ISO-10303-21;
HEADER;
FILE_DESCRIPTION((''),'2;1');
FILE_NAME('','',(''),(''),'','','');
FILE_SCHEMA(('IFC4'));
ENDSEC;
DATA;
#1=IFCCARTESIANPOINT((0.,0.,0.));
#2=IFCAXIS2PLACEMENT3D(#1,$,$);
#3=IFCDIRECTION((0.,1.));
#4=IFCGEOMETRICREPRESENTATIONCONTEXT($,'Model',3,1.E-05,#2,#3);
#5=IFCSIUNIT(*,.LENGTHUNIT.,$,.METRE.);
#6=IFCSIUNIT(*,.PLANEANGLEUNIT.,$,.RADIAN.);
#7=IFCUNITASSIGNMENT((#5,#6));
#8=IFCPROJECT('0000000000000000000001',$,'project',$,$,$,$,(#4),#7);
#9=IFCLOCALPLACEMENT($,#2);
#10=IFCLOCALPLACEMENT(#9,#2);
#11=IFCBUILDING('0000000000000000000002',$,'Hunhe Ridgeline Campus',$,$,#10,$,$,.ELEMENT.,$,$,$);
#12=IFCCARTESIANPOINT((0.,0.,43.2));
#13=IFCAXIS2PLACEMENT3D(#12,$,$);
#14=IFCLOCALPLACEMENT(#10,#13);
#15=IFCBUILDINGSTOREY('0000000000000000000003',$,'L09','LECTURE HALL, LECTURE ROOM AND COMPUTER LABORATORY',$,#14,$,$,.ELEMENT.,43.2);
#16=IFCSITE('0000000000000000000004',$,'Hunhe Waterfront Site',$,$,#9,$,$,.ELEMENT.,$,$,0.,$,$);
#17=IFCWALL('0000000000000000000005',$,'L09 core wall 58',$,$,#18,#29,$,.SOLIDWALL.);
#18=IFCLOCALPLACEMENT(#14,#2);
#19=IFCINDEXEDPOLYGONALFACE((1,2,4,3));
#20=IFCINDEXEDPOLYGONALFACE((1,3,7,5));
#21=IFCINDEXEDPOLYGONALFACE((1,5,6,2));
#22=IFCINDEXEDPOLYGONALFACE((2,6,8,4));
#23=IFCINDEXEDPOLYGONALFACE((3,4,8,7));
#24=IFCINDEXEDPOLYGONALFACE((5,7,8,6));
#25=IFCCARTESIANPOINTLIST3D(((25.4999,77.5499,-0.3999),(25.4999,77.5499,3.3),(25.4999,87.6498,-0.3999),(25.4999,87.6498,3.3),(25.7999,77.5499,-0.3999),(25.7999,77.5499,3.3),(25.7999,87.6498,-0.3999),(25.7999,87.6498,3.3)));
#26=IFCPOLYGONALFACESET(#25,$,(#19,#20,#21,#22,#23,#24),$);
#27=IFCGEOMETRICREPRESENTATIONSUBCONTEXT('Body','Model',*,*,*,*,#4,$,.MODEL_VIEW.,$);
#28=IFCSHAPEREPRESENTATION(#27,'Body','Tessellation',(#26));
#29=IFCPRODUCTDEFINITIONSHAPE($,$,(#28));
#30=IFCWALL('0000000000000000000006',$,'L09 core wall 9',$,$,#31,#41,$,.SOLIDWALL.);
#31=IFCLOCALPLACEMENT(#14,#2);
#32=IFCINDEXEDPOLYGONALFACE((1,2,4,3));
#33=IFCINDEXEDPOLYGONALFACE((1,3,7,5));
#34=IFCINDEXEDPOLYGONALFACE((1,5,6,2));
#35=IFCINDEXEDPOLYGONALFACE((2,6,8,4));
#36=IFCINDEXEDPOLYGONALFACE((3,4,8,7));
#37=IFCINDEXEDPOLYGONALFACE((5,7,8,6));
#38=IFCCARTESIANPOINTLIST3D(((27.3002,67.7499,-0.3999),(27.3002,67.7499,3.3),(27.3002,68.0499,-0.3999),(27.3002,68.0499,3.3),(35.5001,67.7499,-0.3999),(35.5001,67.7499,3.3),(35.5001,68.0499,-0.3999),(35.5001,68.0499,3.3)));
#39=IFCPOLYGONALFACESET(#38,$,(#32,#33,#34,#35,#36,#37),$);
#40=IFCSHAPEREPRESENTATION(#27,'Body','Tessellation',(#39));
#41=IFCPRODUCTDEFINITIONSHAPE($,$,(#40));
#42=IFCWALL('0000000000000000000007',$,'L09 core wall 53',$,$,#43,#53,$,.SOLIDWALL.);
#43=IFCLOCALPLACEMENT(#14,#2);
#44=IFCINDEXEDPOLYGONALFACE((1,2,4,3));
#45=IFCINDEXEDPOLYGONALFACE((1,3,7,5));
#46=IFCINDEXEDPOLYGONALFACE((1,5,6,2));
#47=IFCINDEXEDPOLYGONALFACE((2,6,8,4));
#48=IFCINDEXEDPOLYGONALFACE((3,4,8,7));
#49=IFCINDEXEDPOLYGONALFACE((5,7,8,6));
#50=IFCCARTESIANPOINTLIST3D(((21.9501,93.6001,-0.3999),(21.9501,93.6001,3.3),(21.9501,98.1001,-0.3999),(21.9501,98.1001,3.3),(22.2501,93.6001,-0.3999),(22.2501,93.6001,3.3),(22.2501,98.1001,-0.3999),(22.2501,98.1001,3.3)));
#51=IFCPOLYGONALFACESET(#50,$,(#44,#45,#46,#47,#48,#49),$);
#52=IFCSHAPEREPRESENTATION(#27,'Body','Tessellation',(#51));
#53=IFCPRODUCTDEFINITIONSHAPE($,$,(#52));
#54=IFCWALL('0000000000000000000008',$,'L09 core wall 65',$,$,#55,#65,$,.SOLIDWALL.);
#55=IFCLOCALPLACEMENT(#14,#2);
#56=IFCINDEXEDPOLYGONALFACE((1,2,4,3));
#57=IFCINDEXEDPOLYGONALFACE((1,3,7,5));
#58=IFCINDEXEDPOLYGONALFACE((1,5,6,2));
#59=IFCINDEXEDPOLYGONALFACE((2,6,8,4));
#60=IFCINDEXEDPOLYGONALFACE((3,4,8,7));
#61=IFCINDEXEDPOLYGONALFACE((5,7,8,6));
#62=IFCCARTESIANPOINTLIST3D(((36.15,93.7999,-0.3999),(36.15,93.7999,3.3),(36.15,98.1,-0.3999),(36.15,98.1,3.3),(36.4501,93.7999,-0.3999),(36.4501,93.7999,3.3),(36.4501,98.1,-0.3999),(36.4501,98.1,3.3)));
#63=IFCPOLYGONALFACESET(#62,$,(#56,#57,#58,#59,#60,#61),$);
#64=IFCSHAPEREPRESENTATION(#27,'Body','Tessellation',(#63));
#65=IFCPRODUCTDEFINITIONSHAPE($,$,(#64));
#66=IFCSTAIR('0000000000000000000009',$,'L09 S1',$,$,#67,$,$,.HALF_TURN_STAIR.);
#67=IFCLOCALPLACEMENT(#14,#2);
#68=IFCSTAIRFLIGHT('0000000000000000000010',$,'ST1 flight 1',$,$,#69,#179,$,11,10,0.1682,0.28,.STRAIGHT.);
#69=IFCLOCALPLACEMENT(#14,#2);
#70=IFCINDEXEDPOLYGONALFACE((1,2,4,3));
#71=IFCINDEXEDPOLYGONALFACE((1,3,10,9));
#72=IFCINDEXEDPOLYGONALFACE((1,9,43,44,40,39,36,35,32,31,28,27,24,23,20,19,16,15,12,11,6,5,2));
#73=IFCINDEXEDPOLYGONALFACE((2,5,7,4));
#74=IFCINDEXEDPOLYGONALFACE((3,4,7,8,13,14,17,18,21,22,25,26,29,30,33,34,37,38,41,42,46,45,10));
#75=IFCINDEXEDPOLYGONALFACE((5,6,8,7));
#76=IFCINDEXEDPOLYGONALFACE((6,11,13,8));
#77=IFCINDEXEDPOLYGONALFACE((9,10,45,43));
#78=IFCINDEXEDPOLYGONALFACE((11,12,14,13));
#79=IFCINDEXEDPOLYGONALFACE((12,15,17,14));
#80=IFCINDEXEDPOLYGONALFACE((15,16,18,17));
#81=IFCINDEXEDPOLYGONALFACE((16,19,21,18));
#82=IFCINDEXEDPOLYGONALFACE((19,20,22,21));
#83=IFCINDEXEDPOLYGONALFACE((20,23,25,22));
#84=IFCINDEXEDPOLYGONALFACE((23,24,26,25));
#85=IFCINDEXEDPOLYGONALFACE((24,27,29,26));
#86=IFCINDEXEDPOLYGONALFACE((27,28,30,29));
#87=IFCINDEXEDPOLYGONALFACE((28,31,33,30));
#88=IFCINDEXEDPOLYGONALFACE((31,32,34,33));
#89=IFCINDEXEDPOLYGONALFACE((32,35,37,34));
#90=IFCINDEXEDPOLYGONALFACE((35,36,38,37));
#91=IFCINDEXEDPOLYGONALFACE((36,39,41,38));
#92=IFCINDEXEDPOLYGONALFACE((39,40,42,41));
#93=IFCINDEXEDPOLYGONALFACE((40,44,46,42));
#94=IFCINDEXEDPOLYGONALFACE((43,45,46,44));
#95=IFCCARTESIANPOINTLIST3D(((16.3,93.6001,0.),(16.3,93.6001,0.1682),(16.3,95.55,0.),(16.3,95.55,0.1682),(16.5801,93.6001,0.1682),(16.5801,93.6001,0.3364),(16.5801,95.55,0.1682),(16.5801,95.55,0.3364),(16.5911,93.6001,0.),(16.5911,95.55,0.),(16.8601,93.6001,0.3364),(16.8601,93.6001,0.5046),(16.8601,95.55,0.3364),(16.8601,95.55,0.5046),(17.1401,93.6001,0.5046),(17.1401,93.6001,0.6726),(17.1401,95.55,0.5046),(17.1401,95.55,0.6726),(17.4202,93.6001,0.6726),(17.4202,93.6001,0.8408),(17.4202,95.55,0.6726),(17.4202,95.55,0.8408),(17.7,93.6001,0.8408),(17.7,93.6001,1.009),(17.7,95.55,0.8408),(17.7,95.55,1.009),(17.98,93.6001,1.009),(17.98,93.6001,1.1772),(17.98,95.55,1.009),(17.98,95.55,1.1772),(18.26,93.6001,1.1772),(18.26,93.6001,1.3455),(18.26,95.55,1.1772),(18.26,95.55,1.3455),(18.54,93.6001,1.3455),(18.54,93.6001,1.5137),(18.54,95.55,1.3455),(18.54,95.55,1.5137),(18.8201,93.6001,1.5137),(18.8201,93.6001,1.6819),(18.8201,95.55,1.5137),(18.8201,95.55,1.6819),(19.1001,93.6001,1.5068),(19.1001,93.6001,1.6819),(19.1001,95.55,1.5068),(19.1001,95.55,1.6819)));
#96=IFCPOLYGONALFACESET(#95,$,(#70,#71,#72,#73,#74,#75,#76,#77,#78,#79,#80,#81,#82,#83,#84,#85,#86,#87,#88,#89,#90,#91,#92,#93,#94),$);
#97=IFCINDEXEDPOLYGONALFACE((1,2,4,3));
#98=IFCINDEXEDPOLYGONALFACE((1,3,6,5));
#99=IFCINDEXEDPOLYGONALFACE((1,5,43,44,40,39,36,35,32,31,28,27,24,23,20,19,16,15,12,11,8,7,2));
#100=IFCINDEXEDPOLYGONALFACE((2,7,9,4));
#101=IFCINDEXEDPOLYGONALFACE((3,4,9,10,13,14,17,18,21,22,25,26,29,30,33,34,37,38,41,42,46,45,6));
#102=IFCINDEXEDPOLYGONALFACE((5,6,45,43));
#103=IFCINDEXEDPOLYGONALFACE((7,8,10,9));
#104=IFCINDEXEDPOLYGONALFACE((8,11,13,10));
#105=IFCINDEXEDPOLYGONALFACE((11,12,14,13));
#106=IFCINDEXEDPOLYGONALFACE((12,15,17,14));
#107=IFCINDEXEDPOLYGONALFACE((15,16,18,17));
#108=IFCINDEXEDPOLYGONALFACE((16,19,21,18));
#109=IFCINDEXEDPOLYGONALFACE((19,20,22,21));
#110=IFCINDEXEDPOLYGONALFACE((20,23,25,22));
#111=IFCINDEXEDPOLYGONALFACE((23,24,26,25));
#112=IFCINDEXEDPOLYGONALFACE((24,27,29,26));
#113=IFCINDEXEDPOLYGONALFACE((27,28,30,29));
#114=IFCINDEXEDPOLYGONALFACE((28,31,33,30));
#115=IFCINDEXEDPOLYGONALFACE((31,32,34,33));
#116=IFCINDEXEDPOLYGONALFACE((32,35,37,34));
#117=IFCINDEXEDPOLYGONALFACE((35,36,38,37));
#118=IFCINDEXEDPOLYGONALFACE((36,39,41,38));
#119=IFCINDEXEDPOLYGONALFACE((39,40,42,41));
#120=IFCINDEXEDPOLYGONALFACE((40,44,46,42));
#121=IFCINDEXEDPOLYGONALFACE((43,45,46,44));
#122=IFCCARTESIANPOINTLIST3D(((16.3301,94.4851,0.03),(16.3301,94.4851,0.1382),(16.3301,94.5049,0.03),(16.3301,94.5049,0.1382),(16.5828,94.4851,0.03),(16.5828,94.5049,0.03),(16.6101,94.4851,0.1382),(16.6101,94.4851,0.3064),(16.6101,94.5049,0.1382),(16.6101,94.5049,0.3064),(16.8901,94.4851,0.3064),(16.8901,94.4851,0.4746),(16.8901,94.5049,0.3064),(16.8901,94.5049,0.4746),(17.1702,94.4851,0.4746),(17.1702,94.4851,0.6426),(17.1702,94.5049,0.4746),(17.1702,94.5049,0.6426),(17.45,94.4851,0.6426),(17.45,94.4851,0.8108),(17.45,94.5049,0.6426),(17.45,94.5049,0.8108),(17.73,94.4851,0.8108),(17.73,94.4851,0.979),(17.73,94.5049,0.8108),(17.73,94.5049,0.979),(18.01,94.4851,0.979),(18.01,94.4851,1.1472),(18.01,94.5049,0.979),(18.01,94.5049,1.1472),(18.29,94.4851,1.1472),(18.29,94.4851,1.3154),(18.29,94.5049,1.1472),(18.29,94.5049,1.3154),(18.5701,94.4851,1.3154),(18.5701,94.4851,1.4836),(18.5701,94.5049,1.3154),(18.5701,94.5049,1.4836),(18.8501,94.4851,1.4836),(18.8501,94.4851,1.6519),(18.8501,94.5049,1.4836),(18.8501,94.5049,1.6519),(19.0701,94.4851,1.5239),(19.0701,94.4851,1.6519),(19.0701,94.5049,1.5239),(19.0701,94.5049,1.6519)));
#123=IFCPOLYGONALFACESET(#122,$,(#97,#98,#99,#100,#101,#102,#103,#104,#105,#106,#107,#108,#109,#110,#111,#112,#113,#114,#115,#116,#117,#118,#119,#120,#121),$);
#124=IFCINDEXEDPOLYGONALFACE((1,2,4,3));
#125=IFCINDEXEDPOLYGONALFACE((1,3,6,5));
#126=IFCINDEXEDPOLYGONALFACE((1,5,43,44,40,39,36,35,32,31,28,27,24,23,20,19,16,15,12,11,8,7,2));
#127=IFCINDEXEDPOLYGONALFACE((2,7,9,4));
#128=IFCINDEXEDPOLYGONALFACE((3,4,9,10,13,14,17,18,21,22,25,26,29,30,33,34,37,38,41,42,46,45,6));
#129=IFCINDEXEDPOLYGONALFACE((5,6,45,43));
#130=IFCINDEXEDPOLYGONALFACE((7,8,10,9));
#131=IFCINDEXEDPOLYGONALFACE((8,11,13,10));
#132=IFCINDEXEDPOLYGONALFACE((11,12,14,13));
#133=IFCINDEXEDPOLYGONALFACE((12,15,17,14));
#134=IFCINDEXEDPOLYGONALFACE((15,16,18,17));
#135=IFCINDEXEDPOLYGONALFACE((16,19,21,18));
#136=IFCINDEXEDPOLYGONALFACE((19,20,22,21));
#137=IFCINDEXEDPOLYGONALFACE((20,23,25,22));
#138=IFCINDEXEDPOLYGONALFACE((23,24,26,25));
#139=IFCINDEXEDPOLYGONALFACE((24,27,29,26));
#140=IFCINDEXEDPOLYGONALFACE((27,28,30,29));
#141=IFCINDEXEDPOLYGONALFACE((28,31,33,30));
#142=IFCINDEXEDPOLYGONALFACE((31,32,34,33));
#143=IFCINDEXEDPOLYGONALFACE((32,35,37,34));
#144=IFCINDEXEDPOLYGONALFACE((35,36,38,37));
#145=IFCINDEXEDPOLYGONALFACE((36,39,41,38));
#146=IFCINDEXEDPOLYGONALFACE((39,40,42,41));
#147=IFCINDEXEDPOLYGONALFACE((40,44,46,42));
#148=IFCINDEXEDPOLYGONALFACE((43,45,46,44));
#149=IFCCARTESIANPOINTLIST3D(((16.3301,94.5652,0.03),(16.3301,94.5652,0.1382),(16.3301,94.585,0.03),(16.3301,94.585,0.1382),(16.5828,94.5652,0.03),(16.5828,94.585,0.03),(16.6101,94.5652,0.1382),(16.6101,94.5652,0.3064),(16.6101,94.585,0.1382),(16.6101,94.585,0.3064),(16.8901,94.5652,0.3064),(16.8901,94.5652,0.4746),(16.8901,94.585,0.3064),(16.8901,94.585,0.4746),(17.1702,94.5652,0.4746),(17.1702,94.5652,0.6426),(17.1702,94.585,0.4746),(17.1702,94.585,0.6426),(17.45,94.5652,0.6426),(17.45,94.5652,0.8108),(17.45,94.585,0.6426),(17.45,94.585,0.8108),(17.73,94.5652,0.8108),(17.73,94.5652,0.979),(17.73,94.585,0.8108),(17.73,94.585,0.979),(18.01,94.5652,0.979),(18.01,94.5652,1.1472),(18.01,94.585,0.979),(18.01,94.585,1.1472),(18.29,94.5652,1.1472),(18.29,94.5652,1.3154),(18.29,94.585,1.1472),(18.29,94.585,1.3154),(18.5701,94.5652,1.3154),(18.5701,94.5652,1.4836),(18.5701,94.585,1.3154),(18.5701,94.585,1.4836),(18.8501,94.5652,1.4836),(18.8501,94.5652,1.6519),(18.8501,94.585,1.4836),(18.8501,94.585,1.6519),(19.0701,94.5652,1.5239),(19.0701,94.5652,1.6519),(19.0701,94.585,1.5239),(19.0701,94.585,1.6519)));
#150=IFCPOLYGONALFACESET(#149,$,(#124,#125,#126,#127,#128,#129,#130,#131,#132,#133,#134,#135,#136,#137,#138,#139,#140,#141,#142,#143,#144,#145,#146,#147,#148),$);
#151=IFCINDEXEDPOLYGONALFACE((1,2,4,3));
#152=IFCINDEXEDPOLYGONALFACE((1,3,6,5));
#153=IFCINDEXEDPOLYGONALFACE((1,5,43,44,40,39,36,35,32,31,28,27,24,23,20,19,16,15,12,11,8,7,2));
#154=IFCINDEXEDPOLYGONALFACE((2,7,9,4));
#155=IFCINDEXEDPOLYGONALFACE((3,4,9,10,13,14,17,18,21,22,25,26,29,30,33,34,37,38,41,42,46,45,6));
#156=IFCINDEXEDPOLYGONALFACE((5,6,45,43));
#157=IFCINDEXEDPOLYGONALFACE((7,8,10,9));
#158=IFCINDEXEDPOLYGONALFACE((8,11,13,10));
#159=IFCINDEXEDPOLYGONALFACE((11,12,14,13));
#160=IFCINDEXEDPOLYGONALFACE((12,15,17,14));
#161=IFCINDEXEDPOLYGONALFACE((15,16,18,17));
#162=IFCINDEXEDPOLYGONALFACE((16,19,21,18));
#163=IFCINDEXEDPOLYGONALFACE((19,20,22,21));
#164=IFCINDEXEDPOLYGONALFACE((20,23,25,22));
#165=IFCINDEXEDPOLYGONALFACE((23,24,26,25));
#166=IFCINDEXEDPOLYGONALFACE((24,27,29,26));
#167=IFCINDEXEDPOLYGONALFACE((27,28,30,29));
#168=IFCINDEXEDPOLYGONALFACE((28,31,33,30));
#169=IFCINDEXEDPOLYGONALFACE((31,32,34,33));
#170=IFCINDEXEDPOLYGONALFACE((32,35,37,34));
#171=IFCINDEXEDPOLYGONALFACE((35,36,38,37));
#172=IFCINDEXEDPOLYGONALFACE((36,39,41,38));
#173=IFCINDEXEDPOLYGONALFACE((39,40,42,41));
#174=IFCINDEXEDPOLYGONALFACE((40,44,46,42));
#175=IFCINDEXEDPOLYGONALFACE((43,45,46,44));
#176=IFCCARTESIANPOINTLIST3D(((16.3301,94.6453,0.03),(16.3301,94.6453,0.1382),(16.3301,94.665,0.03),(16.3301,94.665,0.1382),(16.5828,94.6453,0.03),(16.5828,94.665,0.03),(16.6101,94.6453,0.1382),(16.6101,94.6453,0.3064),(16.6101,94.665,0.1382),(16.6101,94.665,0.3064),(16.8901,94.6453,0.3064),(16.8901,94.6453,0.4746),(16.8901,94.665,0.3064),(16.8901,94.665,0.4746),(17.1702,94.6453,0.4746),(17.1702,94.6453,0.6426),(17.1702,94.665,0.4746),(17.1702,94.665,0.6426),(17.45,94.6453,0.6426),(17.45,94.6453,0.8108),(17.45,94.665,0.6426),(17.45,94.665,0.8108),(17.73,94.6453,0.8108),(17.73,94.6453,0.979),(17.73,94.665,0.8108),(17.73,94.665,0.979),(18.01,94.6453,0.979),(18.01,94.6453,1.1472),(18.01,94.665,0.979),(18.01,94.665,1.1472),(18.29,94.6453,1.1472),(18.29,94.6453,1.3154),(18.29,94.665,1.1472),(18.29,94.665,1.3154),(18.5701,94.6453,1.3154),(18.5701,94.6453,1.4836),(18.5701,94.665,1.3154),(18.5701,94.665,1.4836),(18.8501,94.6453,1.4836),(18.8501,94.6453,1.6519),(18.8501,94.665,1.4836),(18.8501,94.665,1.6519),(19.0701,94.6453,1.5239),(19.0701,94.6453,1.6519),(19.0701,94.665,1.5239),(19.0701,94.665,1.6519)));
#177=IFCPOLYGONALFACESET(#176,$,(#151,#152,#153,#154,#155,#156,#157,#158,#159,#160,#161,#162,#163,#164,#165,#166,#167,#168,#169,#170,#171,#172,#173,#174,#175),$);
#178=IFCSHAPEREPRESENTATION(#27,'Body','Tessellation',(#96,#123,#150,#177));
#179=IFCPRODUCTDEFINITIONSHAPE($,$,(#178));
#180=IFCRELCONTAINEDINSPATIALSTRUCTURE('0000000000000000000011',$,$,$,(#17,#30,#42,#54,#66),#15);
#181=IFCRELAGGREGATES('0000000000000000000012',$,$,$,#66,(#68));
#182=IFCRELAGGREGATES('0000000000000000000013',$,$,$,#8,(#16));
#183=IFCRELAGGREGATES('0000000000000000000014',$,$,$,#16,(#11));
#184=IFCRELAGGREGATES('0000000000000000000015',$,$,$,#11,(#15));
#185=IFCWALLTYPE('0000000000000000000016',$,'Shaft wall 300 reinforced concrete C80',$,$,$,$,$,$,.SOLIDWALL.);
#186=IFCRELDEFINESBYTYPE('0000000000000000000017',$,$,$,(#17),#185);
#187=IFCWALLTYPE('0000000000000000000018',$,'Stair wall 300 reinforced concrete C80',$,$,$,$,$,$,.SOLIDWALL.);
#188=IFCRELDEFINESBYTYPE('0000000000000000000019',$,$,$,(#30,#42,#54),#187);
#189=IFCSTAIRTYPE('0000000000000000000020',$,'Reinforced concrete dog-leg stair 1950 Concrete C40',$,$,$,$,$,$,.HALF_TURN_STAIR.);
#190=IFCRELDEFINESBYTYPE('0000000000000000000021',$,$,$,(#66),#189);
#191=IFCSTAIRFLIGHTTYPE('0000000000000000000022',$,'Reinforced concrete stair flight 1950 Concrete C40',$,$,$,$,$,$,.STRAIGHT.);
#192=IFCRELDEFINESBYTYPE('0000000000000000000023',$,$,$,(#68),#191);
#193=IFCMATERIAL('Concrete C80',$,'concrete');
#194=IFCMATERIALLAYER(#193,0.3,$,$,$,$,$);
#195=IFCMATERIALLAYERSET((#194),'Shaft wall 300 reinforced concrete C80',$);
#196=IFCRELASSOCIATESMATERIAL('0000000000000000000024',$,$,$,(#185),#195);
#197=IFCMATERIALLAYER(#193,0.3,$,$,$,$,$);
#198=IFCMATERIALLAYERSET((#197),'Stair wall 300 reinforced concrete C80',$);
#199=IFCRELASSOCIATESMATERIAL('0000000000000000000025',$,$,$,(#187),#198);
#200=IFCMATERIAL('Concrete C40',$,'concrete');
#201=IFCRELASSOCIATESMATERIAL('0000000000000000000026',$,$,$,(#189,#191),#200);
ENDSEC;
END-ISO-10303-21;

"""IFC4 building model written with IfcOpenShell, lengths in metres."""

from ifc_helpers import new_model, si_unit, direction, frame, frame_2d, origin, place, context, subcontext, project, spatial, polyline, rectangle, outline, extrude, material, layer, layer_set, type_object, element, aggregate, save


model = new_model("IFC4")

# Units and contexts
model_context = context("Model", 3, precision=1e-05, world=origin(), true_north=direction((0.0, 1.0)))
body_context = subcontext(model_context, "Body", "Model", "MODEL_VIEW")
ifc_project = project(units=[si_unit("LENGTHUNIT", "METRE"), si_unit("PLANEANGLEUNIT", "RADIAN")], contexts=[model_context])

# Site, building, storey
site_placement = place(None, origin())
site = spatial("IfcSite", under=ifc_project, at=site_placement, Name="Hunhe Waterfront Site", CompositionType="ELEMENT", RefElevation=0.0)
building_placement = place(site_placement, origin())
building = spatial("IfcBuilding", under=site, at=building_placement, Name="Hunhe Ridgeline Campus", CompositionType="ELEMENT")
storey_placement = place(building_placement, frame((0.0, 0.0, 43.2)))
storey = spatial("IfcBuildingStorey", under=building, at=storey_placement, Name="L09", Description="LECTURE HALL, LECTURE ROOM AND COMPUTER LABORATORY", CompositionType="ELEMENT", Elevation=43.2)

# Walls
ifc_material_1 = material(Name="Concrete C80", Category="concrete")
ifc_layer_1 = layer(ifc_material_1, 0.3)
ifc_layer_set_1 = layer_set([ifc_layer_1], Name="Shaft wall 300 reinforced concrete C80")
wall_type_1 = type_object("IfcWallType", Name="Shaft wall 300 reinforced concrete C80", PredefinedType="SOLIDWALL", material=ifc_layer_set_1)
for number, where, z_axis, x_axis, name in (
    (1, (25.6499, 77.55, -0.3999), (0.0, 0.0, 1.0), (0.0, 1.0, 0.0), "L09 core wall 58"),
):
    element("IfcWall", number, at=place(storey_placement, frame(where, z_axis=z_axis, x_axis=x_axis)), inside=storey, type_object=wall_type_1, Name=name, PredefinedType="SOLIDWALL", context=body_context, shape_type="SweptSolid", body=[
        extrude(rectangle(XDim=10.0999, YDim=0.3, at=frame_2d((5.0498, 0.0))), origin(), (0.0, 0.0, 1.0), 3.7),
    ])
ifc_layer_2 = layer(ifc_material_1, 0.3)
ifc_layer_set_2 = layer_set([ifc_layer_2], Name="Stair wall 300 reinforced concrete C80")
wall_type_2 = type_object("IfcWallType", Name="Stair wall 300 reinforced concrete C80", PredefinedType="SOLIDWALL", material=ifc_layer_set_2)
wall_1_placement = place(storey_placement, frame((27.3, 67.8999, -0.3999), z_axis=(0.0, 0.0, 1.0), x_axis=(1.0, 0.0, 0.0)))
element("IfcWall", 2, at=wall_1_placement, inside=storey, type_object=wall_type_2, Name="L09 core wall 9", PredefinedType="SOLIDWALL", context=body_context, shape_type="SweptSolid", body=[
    extrude(rectangle(XDim=8.2, YDim=0.3, at=frame_2d((4.1001, 0.0))), origin(), (0.0, 0.0, 1.0), 3.7),
])

# Walls
wall_2_placement = place(storey_placement, frame((22.1001, 93.6001, -0.3999), z_axis=(0.0, 0.0, 1.0), x_axis=(0.0, 1.0, 0.0)))
element("IfcWall", 3, at=wall_2_placement, inside=storey, type_object=wall_type_2, Name="L09 core wall 53", PredefinedType="SOLIDWALL", context=body_context, shape_type="SweptSolid", body=[
    extrude(rectangle(XDim=4.5, YDim=0.3, at=frame_2d((2.25, 0.0))), origin(), (0.0, 0.0, 1.0), 3.7),
])
wall_3_placement = place(storey_placement, frame((36.3, 93.8, -0.3999), z_axis=(0.0, 0.0, 1.0), x_axis=(0.0, 1.0, 0.0)))
element("IfcWall", 4, at=wall_3_placement, inside=storey, type_object=wall_type_2, Name="L09 core wall 65", PredefinedType="SOLIDWALL", context=body_context, shape_type="SweptSolid", body=[
    extrude(rectangle(XDim=4.3, YDim=0.3, at=frame_2d((2.1499, 0.0))), origin(), (0.0, 0.0, 1.0), 3.7),
])

# Stair, stair flight
ifc_material_2 = material(Name="Concrete C40", Category="concrete")
stair_type = type_object("IfcStairType", Name="Reinforced concrete dog-leg stair 1950 Concrete C40", PredefinedType="HALF_TURN_STAIR", material=ifc_material_2)
stair_1_placement = place(storey_placement, origin())
stair_1 = element("IfcStair", 5, at=stair_1_placement, inside=storey, type_object=stair_type, Name="L09 S1", PredefinedType="HALF_TURN_STAIR")
stair_flight_type = type_object("IfcStairFlightType", Name="Reinforced concrete stair flight 1950 Concrete C40", PredefinedType="STRAIGHT", material=ifc_material_2)
stair_flight_1_placement = place(storey_placement, frame((16.3, 94.575, 0.0), z_axis=(0.0, 0.0, 1.0), x_axis=(1.0, 0.0, 0.0)))
stair_flight_1 = element("IfcStairFlight", 6, at=stair_flight_1_placement, type_object=stair_flight_type, Name="ST1 flight 1", NumberOfRisers=11, NumberOfTreads=10, PredefinedType="STRAIGHT", RiserHeight=0.1682, TreadLength=0.28, context=body_context, shape_type="SweptSolid", body=[
    extrude(outline(polyline([(0.0, 0.0), (0.0, 0.1682), (0.28, 0.1682), (0.28, 0.3364), (0.5601, 0.3364), (0.5601, 0.5046), (0.8401, 0.5046), (0.8401, 0.6726), (1.1201, 0.6726), (1.1201, 0.8408), (1.3999, 0.8408), (1.3999, 1.009), (1.6799, 1.009), (1.6799, 1.1772), (1.96, 1.1772), (1.96, 1.3455), (2.24, 1.3455), (2.24, 1.5137), (2.52, 1.5137), (2.52, 1.6819), (2.8, 1.6819), (2.8, 1.8501), (2.8, 1.5068), (0.291, 0.0), (0.0, 0.0)])), frame((0.0, 0.9751, 0.0), z_axis=(0.0, -1.0, 0.0), x_axis=(1.0, 0.0, 0.0)), (0.0, 0.0, 1.0), 1.95),
    extrude(outline(polyline([(0.03, 0.03), (0.03, 0.1382), (0.3101, 0.1382), (0.3101, 0.3064), (0.5901, 0.3064), (0.5901, 0.4746), (0.8701, 0.4746), (0.8701, 0.6426), (1.1499, 0.6426), (1.1499, 0.8108), (1.4299, 0.8108), (1.4299, 0.979), (1.71, 0.979), (1.71, 1.1472), (1.99, 1.1472), (1.99, 1.3154), (2.27, 1.3154), (2.27, 1.4836), (2.55, 1.4836), (2.55, 1.6519), (2.77, 1.6519), (2.77, 1.5239), (0.2827, 0.03), (0.03, 0.03)])), frame((0.0, -0.0701, 0.0), z_axis=(0.0, -1.0, 0.0), x_axis=(1.0, 0.0, 0.0)), (0.0, 0.0, 1.0), 0.0198),
    extrude(outline(polyline([(0.03, 0.03), (0.03, 0.1382), (0.3101, 0.1382), (0.3101, 0.3064), (0.5901, 0.3064), (0.5901, 0.4746), (0.8701, 0.4746), (0.8701, 0.6426), (1.1499, 0.6426), (1.1499, 0.8108), (1.4299, 0.8108), (1.4299, 0.979), (1.71, 0.979), (1.71, 1.1472), (1.99, 1.1472), (1.99, 1.3154), (2.27, 1.3154), (2.27, 1.4836), (2.55, 1.4836), (2.55, 1.6519), (2.77, 1.6519), (2.77, 1.5239), (0.2827, 0.03), (0.03, 0.03)])), frame((0.0, 0.01, 0.0), z_axis=(0.0, -1.0, 0.0), x_axis=(1.0, 0.0, 0.0)), (0.0, 0.0, 1.0), 0.0198),
    extrude(outline(polyline([(0.03, 0.03), (0.03, 0.1382), (0.3101, 0.1382), (0.3101, 0.3064), (0.5901, 0.3064), (0.5901, 0.4746), (0.8701, 0.4746), (0.8701, 0.6426), (1.1499, 0.6426), (1.1499, 0.8108), (1.4299, 0.8108), (1.4299, 0.979), (1.71, 0.979), (1.71, 1.1472), (1.99, 1.1472), (1.99, 1.3154), (2.27, 1.3154), (2.27, 1.4836), (2.55, 1.4836), (2.55, 1.6519), (2.77, 1.6519), (2.77, 1.5239), (0.2827, 0.03), (0.03, 0.03)])), frame((0.0, 0.0901, 0.0), z_axis=(0.0, -1.0, 0.0), x_axis=(1.0, 0.0, 0.0)), (0.0, 0.0, 1.0), 0.0198),
])
aggregate(stair_1, [stair_flight_1])

save(model, "model.ifc")
